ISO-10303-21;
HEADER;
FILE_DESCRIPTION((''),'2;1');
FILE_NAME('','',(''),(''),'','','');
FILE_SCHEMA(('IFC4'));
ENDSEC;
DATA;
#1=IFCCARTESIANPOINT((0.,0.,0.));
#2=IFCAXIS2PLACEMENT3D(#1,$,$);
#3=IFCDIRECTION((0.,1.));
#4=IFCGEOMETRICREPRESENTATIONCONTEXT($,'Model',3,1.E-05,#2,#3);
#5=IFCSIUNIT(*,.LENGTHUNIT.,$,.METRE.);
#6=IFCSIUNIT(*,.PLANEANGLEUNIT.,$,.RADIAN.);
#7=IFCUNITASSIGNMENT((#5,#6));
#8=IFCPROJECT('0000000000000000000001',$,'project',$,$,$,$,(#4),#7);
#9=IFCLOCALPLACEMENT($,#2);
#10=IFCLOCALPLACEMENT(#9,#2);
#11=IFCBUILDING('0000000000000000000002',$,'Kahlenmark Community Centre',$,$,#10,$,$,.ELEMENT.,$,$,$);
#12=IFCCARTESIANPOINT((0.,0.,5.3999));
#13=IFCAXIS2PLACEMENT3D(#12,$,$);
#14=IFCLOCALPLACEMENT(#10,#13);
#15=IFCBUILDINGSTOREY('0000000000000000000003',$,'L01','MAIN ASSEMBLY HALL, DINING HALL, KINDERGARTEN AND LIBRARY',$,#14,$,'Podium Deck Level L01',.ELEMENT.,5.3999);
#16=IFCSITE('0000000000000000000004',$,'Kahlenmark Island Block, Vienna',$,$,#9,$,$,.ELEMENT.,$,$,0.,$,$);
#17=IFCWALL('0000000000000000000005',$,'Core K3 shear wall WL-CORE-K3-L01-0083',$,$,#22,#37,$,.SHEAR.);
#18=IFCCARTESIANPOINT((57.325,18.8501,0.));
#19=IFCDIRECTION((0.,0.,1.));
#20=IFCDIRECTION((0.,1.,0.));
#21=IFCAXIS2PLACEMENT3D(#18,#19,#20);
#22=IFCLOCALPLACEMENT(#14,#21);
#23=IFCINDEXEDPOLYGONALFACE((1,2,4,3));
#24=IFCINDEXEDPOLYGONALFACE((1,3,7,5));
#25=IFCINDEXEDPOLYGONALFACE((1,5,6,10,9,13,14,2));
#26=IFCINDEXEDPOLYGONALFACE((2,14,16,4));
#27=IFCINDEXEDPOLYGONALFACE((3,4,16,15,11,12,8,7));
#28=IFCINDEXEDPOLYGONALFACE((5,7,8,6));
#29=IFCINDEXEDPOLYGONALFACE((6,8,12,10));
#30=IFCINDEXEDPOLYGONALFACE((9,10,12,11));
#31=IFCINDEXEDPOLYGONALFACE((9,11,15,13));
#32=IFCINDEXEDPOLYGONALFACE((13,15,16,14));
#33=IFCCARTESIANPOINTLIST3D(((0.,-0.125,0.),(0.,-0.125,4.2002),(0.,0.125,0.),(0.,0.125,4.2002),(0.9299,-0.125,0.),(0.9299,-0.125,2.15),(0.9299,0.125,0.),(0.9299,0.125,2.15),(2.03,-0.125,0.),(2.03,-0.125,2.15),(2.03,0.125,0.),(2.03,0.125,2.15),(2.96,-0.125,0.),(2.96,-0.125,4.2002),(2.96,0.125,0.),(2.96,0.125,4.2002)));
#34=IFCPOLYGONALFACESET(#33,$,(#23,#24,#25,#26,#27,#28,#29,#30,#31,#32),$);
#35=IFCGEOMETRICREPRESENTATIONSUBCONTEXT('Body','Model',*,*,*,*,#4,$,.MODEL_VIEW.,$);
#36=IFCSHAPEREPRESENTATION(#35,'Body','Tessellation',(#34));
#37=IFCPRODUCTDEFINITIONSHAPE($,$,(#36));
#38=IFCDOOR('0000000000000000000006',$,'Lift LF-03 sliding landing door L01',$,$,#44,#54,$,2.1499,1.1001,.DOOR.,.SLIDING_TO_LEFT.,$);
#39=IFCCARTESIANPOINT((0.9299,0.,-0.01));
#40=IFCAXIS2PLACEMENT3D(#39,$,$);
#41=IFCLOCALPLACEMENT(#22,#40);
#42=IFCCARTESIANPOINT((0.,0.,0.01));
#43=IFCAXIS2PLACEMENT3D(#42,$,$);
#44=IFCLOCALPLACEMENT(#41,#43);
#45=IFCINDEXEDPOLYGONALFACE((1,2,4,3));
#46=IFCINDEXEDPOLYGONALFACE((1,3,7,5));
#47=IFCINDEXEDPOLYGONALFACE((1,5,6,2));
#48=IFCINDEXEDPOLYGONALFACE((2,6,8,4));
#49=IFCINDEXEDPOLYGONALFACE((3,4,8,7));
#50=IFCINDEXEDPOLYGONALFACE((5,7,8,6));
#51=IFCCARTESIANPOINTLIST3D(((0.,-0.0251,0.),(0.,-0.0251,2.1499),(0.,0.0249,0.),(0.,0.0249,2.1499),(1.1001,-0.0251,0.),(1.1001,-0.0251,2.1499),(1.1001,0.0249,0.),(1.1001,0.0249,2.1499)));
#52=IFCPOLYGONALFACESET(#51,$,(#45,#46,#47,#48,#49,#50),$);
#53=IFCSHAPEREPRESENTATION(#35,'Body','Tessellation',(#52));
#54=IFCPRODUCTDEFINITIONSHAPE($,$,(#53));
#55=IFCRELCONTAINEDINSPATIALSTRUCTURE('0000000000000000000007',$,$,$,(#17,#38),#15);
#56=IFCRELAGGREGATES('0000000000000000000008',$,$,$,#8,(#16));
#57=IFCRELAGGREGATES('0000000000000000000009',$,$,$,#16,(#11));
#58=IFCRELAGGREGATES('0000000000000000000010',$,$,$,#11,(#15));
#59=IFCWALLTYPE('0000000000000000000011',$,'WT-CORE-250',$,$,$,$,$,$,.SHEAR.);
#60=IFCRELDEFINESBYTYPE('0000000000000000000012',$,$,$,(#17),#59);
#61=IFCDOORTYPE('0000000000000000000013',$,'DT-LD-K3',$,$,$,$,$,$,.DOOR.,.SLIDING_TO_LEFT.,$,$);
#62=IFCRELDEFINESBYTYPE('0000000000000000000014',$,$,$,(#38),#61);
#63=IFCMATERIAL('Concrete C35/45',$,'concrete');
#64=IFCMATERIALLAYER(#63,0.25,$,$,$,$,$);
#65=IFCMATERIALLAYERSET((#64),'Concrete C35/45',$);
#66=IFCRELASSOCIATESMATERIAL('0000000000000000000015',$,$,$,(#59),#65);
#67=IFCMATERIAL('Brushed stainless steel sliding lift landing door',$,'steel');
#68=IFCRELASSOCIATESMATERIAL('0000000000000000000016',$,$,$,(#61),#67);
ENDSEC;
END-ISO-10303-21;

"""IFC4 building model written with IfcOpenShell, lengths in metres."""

from ifc_helpers import new_model, si_unit, direction, frame, frame_2d, origin, place, context, subcontext, project, spatial, rectangle, extrude, material, layer, layer_set, type_object, element, fill, save


model = new_model("IFC4")

# Units and contexts
model_context = context("Model", 3, precision=1e-05, world=origin(), true_north=direction((0.0, 1.0)))
body_context = subcontext(model_context, "Body", "Model", "MODEL_VIEW")
ifc_project = project(units=[si_unit("LENGTHUNIT", "METRE"), si_unit("PLANEANGLEUNIT", "RADIAN")], contexts=[model_context])

# Site, building, storey
site_placement = place(None, origin())
site = spatial("IfcSite", under=ifc_project, at=site_placement, Name="Kahlenmark Island Block, Vienna", CompositionType="ELEMENT", RefElevation=0.0)
building_placement = place(site_placement, origin())
building = spatial("IfcBuilding", under=site, at=building_placement, Name="Kahlenmark Community Centre", CompositionType="ELEMENT")
storey_placement = place(building_placement, frame((0.0, 0.0, 5.3999)))
storey = spatial("IfcBuildingStorey", under=building, at=storey_placement, Name="L01", Description="MAIN ASSEMBLY HALL, DINING HALL, KINDERGARTEN AND LIBRARY", LongName="Podium Deck Level L01", CompositionType="ELEMENT", Elevation=5.3999)

# Shared definitions
ifc_material_1 = material(Name="Concrete C35/45", Category="concrete")
ifc_layer_1 = layer(ifc_material_1, 0.25)
ifc_layer_set_1 = layer_set([ifc_layer_1], Name="Concrete C35/45")
wall_type_1 = type_object("IfcWallType", Name="WT-CORE-250", PredefinedType="SHEAR", material=ifc_layer_set_1)

# Wall, opening, door
wall_1_placement = place(storey_placement, frame((57.325, 18.8501, 0.0), z_axis=(0.0, 0.0, 1.0), x_axis=(0.0, 1.0, 0.0)))
wall_1 = element("IfcWall", 1, at=wall_1_placement, inside=storey, type_object=wall_type_1, Name="Core K3 shear wall WL-CORE-K3-L01-0083", PredefinedType="SHEAR", context=body_context, shape_type="SweptSolid", body=[
    extrude(rectangle(XDim=2.96, YDim=0.25, at=frame_2d((1.48, 0.0))), origin(), (0.0, 0.0, 1.0), 4.2002),
])
opening_placement = place(wall_1_placement, frame((0.9299, 0.0, -0.01)))
opening = element("IfcOpeningElement", 2, at=opening_placement, cuts=wall_1, PredefinedType="OPENING", context=body_context, shape_type="SweptSolid", body=[
    extrude(rectangle(XDim=1.1001, YDim=2.1599, at=frame_2d((0.55, 1.0801))), frame((0.0, 0.135, 0.0), z_axis=(0.0, -1.0, 0.0), x_axis=(1.0, 0.0, 0.0)), (0.0, 0.0, 1.0), 0.27),
])
ifc_material_2 = material(Name="Brushed stainless steel sliding lift landing door", Category="steel")
door_type = type_object("IfcDoorType", Name="DT-LD-K3", OperationType="SLIDING_TO_LEFT", PredefinedType="DOOR", material=ifc_material_2)
door_placement = place(opening_placement, frame((0.0, 0.0, 0.01)))
door = element("IfcDoor", 3, at=door_placement, inside=storey, type_object=door_type, Name="Lift LF-03 sliding landing door L01", OperationType="SLIDING_TO_LEFT", OverallHeight=2.1499, OverallWidth=1.1001, PredefinedType="DOOR", context=body_context, shape_type="SweptSolid", body=[
    extrude(rectangle(XDim=1.1001, YDim=2.1499, at=frame_2d((0.55, 1.075))), frame((0.0, 0.0249, 0.0), z_axis=(0.0, -1.0, 0.0), x_axis=(1.0, 0.0, 0.0)), (0.0, 0.0, 1.0), 0.05),
])
fill(opening, door)

save(model, "model.ifc")
